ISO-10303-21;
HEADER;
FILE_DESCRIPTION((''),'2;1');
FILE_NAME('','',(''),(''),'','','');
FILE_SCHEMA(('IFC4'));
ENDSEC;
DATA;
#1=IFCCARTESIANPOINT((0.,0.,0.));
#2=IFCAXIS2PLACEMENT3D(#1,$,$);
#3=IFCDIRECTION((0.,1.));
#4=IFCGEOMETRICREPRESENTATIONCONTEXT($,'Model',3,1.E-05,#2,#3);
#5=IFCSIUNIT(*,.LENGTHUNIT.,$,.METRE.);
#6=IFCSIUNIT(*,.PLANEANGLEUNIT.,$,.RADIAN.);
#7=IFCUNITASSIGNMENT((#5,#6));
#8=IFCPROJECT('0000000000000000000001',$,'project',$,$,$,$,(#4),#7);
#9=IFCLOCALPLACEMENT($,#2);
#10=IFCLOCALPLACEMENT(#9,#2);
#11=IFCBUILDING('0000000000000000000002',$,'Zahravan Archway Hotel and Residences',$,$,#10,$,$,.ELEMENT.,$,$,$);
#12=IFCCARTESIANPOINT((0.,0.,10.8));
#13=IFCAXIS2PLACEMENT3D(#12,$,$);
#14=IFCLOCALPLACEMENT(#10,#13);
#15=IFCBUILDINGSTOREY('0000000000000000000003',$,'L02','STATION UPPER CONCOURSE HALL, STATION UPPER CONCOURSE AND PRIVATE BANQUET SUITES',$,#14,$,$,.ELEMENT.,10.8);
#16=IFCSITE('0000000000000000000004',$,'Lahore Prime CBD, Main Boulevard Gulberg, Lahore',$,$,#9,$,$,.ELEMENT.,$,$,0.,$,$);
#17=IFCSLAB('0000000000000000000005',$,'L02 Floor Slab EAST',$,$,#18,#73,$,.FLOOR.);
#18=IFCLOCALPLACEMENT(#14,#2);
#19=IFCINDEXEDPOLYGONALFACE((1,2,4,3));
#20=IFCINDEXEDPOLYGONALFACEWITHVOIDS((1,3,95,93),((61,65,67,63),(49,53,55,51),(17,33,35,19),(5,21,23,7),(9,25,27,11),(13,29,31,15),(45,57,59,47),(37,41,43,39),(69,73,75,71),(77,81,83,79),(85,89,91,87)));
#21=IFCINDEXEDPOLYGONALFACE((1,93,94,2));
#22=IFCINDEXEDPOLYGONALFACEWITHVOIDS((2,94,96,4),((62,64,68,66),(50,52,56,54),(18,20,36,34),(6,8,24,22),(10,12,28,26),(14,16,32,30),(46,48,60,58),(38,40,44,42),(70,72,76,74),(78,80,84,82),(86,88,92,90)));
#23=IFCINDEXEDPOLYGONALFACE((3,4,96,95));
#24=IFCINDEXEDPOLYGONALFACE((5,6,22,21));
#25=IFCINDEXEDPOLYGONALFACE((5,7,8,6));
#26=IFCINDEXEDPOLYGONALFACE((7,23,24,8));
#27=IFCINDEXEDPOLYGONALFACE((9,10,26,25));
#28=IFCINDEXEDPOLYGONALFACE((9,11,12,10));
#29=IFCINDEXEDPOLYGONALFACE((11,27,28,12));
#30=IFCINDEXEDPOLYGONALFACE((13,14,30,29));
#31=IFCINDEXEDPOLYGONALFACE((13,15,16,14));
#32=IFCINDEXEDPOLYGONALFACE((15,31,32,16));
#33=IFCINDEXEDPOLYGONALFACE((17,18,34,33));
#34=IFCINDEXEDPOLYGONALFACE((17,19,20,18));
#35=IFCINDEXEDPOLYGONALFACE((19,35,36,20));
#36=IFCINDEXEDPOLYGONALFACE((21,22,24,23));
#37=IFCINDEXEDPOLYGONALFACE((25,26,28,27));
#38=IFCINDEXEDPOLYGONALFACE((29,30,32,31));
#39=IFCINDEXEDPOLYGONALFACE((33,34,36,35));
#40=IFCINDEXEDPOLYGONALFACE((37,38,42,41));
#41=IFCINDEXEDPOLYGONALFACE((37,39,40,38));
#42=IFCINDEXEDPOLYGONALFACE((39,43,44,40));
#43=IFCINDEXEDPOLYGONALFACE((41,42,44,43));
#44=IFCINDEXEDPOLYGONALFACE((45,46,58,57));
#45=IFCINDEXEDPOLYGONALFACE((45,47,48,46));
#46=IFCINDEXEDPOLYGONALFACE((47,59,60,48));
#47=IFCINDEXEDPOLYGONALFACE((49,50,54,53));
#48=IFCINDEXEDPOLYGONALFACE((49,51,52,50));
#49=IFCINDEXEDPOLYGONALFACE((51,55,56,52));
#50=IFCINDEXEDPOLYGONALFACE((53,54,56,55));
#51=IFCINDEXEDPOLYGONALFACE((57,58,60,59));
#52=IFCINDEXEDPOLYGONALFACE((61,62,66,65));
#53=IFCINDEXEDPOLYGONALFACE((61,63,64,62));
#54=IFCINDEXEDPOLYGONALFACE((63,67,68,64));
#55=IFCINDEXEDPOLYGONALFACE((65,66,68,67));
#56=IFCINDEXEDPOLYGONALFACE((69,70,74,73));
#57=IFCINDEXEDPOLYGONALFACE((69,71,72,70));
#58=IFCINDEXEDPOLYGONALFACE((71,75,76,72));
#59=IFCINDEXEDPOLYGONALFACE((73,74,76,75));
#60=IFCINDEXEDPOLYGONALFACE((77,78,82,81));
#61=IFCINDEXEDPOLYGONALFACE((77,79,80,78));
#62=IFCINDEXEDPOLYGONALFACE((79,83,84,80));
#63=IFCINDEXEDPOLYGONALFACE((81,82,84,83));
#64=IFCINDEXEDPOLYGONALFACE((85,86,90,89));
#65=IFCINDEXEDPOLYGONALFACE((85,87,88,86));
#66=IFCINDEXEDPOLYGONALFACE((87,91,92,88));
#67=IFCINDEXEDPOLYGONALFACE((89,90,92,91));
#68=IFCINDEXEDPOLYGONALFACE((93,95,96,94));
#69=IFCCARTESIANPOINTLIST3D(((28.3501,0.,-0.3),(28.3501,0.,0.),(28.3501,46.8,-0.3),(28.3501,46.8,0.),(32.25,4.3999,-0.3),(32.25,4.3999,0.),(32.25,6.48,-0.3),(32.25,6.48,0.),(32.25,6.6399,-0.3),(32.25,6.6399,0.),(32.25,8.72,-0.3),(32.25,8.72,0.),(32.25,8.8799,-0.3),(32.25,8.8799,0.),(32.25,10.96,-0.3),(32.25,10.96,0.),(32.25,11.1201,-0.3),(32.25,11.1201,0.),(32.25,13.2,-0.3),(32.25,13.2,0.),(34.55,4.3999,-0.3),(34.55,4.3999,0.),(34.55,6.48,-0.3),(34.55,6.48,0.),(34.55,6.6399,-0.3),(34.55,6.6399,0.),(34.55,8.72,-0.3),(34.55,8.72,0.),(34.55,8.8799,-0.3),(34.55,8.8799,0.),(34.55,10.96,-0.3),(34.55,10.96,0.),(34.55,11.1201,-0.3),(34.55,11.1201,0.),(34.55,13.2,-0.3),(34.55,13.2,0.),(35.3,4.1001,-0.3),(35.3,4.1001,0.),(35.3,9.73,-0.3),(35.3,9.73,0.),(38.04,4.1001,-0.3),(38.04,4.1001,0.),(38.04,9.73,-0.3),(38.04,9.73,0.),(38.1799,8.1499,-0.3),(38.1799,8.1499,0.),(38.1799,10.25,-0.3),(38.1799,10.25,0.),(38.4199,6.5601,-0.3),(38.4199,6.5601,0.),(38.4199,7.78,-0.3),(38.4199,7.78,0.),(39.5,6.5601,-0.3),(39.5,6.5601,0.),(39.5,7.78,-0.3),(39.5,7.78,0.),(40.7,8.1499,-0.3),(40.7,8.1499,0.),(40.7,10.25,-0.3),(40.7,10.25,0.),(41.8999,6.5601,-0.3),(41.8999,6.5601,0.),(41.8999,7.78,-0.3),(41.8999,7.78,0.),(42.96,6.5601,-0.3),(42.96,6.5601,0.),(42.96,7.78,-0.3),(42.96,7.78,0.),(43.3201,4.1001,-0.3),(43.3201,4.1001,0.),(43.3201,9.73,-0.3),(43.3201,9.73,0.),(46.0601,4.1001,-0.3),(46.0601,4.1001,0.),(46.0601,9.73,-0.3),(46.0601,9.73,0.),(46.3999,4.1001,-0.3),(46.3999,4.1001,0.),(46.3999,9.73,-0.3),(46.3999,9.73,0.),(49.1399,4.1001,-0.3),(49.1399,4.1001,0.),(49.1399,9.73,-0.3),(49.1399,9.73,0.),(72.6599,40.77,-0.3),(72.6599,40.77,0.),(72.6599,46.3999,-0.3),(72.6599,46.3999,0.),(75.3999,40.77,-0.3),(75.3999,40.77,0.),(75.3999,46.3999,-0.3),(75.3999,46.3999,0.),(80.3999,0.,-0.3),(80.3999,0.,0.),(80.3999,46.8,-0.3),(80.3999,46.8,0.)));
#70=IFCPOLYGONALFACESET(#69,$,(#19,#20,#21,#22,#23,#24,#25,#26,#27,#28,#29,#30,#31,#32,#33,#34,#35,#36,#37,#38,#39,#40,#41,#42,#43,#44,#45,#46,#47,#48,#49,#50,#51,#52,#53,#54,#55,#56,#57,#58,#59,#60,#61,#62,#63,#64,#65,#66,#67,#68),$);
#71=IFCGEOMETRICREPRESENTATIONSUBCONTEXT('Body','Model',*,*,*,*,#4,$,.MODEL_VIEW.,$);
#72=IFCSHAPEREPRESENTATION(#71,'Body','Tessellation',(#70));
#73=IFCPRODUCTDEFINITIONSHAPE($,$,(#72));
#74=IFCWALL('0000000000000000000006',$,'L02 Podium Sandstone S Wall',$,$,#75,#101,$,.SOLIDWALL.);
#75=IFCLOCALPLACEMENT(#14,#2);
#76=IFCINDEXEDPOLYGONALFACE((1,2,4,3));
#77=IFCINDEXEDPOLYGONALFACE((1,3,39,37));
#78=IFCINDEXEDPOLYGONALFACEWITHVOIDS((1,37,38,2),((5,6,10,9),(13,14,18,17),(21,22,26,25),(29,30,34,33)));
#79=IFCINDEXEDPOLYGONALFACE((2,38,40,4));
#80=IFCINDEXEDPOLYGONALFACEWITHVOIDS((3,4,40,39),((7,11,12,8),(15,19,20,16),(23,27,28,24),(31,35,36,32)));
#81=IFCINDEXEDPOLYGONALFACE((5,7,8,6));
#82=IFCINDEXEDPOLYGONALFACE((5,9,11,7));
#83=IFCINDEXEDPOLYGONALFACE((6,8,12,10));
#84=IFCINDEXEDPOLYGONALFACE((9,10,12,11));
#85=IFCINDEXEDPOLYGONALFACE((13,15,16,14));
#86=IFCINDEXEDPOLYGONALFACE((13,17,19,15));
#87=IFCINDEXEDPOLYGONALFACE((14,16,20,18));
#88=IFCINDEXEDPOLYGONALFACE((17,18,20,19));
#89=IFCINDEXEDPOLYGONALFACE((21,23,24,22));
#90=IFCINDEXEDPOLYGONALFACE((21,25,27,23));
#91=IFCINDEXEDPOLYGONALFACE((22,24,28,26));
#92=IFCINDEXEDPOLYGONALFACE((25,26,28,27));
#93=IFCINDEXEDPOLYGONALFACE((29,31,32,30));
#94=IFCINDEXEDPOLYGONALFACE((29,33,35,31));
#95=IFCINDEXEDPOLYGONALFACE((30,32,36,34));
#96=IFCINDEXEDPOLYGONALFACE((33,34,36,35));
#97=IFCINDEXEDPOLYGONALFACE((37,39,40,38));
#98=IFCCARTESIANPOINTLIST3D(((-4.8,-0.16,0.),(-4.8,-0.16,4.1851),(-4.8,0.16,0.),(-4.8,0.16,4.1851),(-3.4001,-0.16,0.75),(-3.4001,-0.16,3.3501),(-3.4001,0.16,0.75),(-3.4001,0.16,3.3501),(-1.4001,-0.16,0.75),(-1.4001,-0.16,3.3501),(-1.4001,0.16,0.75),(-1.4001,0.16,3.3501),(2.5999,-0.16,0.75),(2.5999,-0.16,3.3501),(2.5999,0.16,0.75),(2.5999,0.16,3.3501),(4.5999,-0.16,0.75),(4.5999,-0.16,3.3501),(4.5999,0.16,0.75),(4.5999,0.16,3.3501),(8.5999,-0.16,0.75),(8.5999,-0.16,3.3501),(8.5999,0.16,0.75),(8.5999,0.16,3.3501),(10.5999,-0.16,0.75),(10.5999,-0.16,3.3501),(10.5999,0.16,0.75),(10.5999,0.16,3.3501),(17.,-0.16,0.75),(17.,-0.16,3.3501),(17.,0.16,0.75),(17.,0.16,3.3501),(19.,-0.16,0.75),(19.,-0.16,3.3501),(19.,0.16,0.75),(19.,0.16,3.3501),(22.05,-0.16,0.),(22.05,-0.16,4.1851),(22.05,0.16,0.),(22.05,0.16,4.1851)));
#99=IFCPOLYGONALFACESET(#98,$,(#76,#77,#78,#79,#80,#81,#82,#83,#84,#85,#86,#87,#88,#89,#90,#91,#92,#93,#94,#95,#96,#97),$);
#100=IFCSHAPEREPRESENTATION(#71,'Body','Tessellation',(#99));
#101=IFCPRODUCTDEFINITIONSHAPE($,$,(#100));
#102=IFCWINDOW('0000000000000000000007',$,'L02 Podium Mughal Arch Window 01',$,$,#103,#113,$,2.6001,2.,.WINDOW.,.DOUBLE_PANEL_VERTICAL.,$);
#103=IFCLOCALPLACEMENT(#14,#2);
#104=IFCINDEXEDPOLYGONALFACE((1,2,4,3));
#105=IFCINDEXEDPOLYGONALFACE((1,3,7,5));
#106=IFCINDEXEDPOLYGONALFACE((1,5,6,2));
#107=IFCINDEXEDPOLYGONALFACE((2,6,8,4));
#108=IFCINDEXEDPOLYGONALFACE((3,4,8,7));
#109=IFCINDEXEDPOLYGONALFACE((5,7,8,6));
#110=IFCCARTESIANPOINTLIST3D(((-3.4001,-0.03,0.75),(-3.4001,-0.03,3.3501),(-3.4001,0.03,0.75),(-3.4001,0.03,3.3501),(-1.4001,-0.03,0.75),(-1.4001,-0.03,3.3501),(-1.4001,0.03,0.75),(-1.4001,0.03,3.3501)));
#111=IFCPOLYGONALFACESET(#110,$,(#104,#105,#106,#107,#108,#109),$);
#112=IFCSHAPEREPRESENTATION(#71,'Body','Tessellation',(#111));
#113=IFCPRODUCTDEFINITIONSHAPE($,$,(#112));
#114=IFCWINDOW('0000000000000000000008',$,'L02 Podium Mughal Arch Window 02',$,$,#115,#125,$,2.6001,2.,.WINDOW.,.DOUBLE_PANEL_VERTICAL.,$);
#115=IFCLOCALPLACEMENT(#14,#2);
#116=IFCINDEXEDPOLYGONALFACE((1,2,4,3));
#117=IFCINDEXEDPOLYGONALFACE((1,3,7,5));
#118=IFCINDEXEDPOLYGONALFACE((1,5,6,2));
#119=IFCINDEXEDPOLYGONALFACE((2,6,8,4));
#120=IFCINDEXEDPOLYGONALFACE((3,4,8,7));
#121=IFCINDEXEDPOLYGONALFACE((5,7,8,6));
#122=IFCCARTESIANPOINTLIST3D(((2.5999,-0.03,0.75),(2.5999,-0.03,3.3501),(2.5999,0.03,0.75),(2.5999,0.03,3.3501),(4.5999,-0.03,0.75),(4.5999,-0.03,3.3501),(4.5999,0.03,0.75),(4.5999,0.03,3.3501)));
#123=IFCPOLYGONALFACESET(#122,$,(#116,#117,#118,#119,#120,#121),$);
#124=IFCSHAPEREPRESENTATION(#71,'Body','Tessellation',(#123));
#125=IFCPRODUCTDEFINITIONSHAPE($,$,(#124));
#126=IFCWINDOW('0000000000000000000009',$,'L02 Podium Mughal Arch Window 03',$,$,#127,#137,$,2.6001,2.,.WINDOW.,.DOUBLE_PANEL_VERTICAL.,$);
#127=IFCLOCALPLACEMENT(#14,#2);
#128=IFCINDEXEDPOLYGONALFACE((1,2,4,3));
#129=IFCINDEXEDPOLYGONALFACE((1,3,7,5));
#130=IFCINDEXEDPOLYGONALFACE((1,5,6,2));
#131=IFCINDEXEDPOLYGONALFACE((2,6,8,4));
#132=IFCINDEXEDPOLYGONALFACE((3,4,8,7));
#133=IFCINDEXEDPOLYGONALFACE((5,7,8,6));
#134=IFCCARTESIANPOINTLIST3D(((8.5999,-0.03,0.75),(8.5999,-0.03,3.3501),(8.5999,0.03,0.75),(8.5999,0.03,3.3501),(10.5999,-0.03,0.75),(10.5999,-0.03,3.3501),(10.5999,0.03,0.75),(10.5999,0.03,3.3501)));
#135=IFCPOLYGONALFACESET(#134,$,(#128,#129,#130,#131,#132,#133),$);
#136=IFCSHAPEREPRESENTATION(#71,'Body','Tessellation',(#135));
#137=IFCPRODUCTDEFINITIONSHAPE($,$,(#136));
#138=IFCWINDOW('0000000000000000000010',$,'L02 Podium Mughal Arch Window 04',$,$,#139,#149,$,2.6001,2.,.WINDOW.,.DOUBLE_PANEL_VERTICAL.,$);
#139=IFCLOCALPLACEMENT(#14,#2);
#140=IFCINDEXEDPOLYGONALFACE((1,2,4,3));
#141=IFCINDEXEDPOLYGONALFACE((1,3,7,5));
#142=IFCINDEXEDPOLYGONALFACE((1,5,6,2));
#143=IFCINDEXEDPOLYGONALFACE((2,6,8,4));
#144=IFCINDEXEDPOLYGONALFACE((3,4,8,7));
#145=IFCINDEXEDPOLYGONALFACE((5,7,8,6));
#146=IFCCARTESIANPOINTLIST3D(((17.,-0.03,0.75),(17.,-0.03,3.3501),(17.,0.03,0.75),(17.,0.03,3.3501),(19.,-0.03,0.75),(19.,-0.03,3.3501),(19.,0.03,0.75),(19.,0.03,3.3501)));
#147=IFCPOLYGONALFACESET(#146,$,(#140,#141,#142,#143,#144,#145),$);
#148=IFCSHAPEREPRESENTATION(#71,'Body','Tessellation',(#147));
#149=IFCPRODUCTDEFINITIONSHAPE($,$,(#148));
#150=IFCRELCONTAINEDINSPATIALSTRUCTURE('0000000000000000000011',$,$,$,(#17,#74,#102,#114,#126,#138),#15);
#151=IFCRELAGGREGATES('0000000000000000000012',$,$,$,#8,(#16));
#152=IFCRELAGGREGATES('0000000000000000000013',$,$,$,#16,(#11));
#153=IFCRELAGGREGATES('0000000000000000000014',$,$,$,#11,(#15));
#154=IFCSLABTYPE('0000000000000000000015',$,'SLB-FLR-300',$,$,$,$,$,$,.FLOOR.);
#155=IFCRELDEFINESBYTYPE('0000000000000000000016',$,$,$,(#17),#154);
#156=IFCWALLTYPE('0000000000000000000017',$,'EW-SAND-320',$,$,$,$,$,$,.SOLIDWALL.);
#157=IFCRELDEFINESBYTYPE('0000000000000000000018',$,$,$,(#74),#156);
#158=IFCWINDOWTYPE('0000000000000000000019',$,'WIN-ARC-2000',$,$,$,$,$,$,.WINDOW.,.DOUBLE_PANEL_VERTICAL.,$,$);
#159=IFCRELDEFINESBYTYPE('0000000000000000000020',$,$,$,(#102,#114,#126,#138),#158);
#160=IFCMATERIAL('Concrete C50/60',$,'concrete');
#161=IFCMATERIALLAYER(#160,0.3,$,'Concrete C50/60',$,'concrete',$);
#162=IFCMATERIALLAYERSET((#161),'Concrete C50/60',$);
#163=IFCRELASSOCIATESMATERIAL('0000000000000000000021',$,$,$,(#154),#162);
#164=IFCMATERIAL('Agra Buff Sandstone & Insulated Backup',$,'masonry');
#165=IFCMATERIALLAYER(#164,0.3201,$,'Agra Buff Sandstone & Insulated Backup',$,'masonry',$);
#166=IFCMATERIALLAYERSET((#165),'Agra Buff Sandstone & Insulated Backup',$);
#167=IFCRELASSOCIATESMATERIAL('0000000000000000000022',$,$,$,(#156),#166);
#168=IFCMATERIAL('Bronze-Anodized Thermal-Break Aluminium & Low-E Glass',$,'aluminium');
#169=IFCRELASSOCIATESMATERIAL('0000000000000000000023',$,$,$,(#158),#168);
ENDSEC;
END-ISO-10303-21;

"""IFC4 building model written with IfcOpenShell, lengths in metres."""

from ifc_helpers import new_model, si_unit, direction, frame, frame_2d, origin, place, context, subcontext, project, spatial, polyline, rectangle, outline, extrude, source, transform, mapped, material, layer, layer_set, type_object, type_shapes, element, fill, save


model = new_model("IFC4")

# Units and contexts
model_context = context("Model", 3, precision=1e-05, world=origin(), true_north=direction((0.0, 1.0)))
body_context = subcontext(model_context, "Body", "Model", "MODEL_VIEW")
ifc_project = project(units=[si_unit("LENGTHUNIT", "METRE"), si_unit("PLANEANGLEUNIT", "RADIAN")], contexts=[model_context])

# Site, building, storey
site_placement = place(None, origin())
site = spatial("IfcSite", under=ifc_project, at=site_placement, Name="Lahore Prime CBD, Main Boulevard Gulberg, Lahore", CompositionType="ELEMENT", RefElevation=0.0)
building_placement = place(site_placement, origin())
building = spatial("IfcBuilding", under=site, at=building_placement, Name="Zahravan Archway Hotel and Residences", CompositionType="ELEMENT")
storey_placement = place(building_placement, frame((0.0, 0.0, 10.8)))
storey = spatial("IfcBuildingStorey", under=building, at=storey_placement, Name="L02", Description="STATION UPPER CONCOURSE HALL, STATION UPPER CONCOURSE AND PRIVATE BANQUET SUITES", CompositionType="ELEMENT", Elevation=10.8)

# Slab
ifc_material_1 = material(Name="Concrete C50/60", Category="concrete")
ifc_layer_1 = layer(ifc_material_1, 0.3, Name="Concrete C50/60", Category="concrete")
ifc_layer_set_1 = layer_set([ifc_layer_1], Name="Concrete C50/60")
slab_type = type_object("IfcSlabType", Name="SLB-FLR-300", PredefinedType="FLOOR", material=ifc_layer_set_1)
slab_1_placement = place(storey_placement, frame((0.0, 0.0, -0.3)))
element("IfcSlab", 1, at=slab_1_placement, inside=storey, type_object=slab_type, Name="L02 Floor Slab EAST", PredefinedType="FLOOR", context=body_context, shape_type="SweptSolid", body=[
    extrude(outline(polyline([(28.3501, 0.0), (80.3999, 0.0), (80.3999, 46.8), (28.3501, 46.8), (28.3501, 0.0)]), holes=[polyline([(35.3, 9.73), (35.3, 4.1001), (38.04, 4.1001), (38.04, 9.73), (35.3, 9.73)]), polyline([(43.3201, 9.73), (43.3201, 4.1001), (46.0601, 4.1001), (46.0601, 9.73), (43.3201, 9.73)]), polyline([(46.3999, 9.73), (46.3999, 4.1001), (49.1399, 4.1001), (49.1399, 9.73), (46.3999, 9.73)]), polyline([(75.3999, 40.77), (75.3999, 46.3999), (72.6599, 46.3999), (72.6599, 40.77), (75.3999, 40.77)]), polyline([(38.1799, 8.1499), (40.7, 8.1499), (40.7, 10.25), (38.1799, 10.25), (38.1799, 8.1499)]), polyline([(32.25, 4.3999), (34.55, 4.3999), (34.55, 6.48), (32.25, 6.48), (32.25, 4.3999)]), polyline([(32.25, 6.6399), (34.55, 6.6399), (34.55, 8.72), (32.25, 8.72), (32.25, 6.6399)]), polyline([(32.25, 8.8799), (34.55, 8.8799), (34.55, 10.96), (32.25, 10.96), (32.25, 8.8799)]), polyline([(32.25, 11.1201), (34.55, 11.1201), (34.55, 13.2), (32.25, 13.2), (32.25, 11.1201)]), polyline([(38.4199, 6.5601), (39.5, 6.5601), (39.5, 7.78), (38.4199, 7.78), (38.4199, 6.5601)]), polyline([(41.8999, 6.5601), (42.96, 6.5601), (42.96, 7.78), (41.8999, 7.78), (41.8999, 6.5601)])]), origin(), (0.0, 0.0, 1.0), 0.3),
])

# Wall, openings, windows
ifc_material_2 = material(Name="Agra Buff Sandstone & Insulated Backup", Category="masonry")
ifc_layer_2 = layer(ifc_material_2, 0.3201, Name="Agra Buff Sandstone & Insulated Backup", Category="masonry")
ifc_layer_set_2 = layer_set([ifc_layer_2], Name="Agra Buff Sandstone & Insulated Backup")
wall_type = type_object("IfcWallType", Name="EW-SAND-320", PredefinedType="SOLIDWALL", material=ifc_layer_set_2)
wall_1_placement = place(storey_placement, frame((-4.8, 0.0, 0.0), z_axis=(0.0, 0.0, 1.0), x_axis=(1.0, 0.0, 0.0)))
wall_1 = element("IfcWall", 2, at=wall_1_placement, inside=storey, type_object=wall_type, Name="L02 Podium Sandstone S Wall", PredefinedType="SOLIDWALL", context=body_context, shape_type="SweptSolid", body=[
    extrude(rectangle(XDim=26.8501, YDim=0.3201, at=frame_2d((13.425, 0.0))), origin(), (0.0, 0.0, 1.0), 4.1851),
])
opening_1_placement = place(wall_1_placement, frame((1.3999, 0.0, 0.75)))
opening_1 = element("IfcOpeningElement", 3, at=opening_1_placement, cuts=wall_1, PredefinedType="OPENING", context=body_context, shape_type="SweptSolid", body=[
    extrude(rectangle(XDim=2.0, YDim=2.6001, at=frame_2d((1.0, 1.3))), frame((0.0, 0.1699, 0.0), z_axis=(0.0, -1.0, 0.0), x_axis=(1.0, 0.0, 0.0)), (0.0, 0.0, 1.0), 0.3401),
])
opening_2_placement = place(wall_1_placement, frame((7.3999, 0.0, 0.75)))
opening_2 = element("IfcOpeningElement", 4, at=opening_2_placement, cuts=wall_1, PredefinedType="OPENING", context=body_context, shape_type="SweptSolid", body=[
    extrude(rectangle(XDim=2.0, YDim=2.6001, at=frame_2d((1.0, 1.3))), frame((0.0, 0.1699, 0.0), z_axis=(0.0, -1.0, 0.0), x_axis=(1.0, 0.0, 0.0)), (0.0, 0.0, 1.0), 0.3401),
])
opening_3_placement = place(wall_1_placement, frame((13.3999, 0.0, 0.75)))
opening_3 = element("IfcOpeningElement", 5, at=opening_3_placement, cuts=wall_1, PredefinedType="OPENING", context=body_context, shape_type="SweptSolid", body=[
    extrude(rectangle(XDim=2.0, YDim=2.6001, at=frame_2d((1.0, 1.3))), frame((0.0, 0.1699, 0.0), z_axis=(0.0, -1.0, 0.0), x_axis=(1.0, 0.0, 0.0)), (0.0, 0.0, 1.0), 0.3401),
])
opening_4_placement = place(wall_1_placement, frame((21.8, 0.0, 0.75)))
opening_4 = element("IfcOpeningElement", 6, at=opening_4_placement, cuts=wall_1, PredefinedType="OPENING", context=body_context, shape_type="SweptSolid", body=[
    extrude(rectangle(XDim=2.0, YDim=2.6001, at=frame_2d((1.0, 1.3))), frame((0.0, 0.1699, 0.0), z_axis=(0.0, -1.0, 0.0), x_axis=(1.0, 0.0, 0.0)), (0.0, 0.0, 1.0), 0.3401),
])
ifc_material_3 = material(Name="Bronze-Anodized Thermal-Break Aluminium & Low-E Glass", Category="aluminium")
window_type = type_object("IfcWindowType", Name="WIN-ARC-2000", PartitioningType="DOUBLE_PANEL_VERTICAL", PredefinedType="WINDOW", material=ifc_material_3)
shared_shape_1 = source(origin(), body_context, "Body", "SweptSolid", [
    extrude(rectangle(XDim=2.0, YDim=2.6001, at=frame_2d((1.0, 1.3))), frame((0.0, 0.03, 0.0), z_axis=(0.0, -1.0, 0.0), x_axis=(1.0, 0.0, 0.0)), (0.0, 0.0, 1.0), 0.0601),
])
type_shapes(window_type, [shared_shape_1])
window_1_placement = place(opening_1_placement, origin())
window_1 = element("IfcWindow", 7, at=window_1_placement, inside=storey, type_object=window_type, Name="L02 Podium Mughal Arch Window 01", OverallHeight=2.6001, OverallWidth=2.0, PartitioningType="DOUBLE_PANEL_VERTICAL", PredefinedType="WINDOW", context=body_context, shape_type="MappedRepresentation", body=[
    mapped(shared_shape_1, transform((0.0, 0.0, 0.0), scale=1.0)),
])
fill(opening_1, window_1)
window_2_placement = place(opening_2_placement, origin())
window_2 = element("IfcWindow", 8, at=window_2_placement, inside=storey, type_object=window_type, Name="L02 Podium Mughal Arch Window 02", OverallHeight=2.6001, OverallWidth=2.0, PartitioningType="DOUBLE_PANEL_VERTICAL", PredefinedType="WINDOW", context=body_context, shape_type="MappedRepresentation", body=[
    mapped(shared_shape_1, transform((0.0, 0.0, 0.0), scale=1.0)),
])
fill(opening_2, window_2)
window_3_placement = place(opening_3_placement, origin())
window_3 = element("IfcWindow", 9, at=window_3_placement, inside=storey, type_object=window_type, Name="L02 Podium Mughal Arch Window 03", OverallHeight=2.6001, OverallWidth=2.0, PartitioningType="DOUBLE_PANEL_VERTICAL", PredefinedType="WINDOW", context=body_context, shape_type="MappedRepresentation", body=[
    mapped(shared_shape_1, transform((0.0, 0.0, 0.0), scale=1.0)),
])
fill(opening_3, window_3)
window_4_placement = place(opening_4_placement, origin())
window_4 = element("IfcWindow", 10, at=window_4_placement, inside=storey, type_object=window_type, Name="L02 Podium Mughal Arch Window 04", OverallHeight=2.6001, OverallWidth=2.0, PartitioningType="DOUBLE_PANEL_VERTICAL", PredefinedType="WINDOW", context=body_context, shape_type="MappedRepresentation", body=[
    mapped(shared_shape_1, transform((0.0, 0.0, 0.0), scale=1.0)),
])
fill(opening_4, window_4)

save(model, "model.ifc")
